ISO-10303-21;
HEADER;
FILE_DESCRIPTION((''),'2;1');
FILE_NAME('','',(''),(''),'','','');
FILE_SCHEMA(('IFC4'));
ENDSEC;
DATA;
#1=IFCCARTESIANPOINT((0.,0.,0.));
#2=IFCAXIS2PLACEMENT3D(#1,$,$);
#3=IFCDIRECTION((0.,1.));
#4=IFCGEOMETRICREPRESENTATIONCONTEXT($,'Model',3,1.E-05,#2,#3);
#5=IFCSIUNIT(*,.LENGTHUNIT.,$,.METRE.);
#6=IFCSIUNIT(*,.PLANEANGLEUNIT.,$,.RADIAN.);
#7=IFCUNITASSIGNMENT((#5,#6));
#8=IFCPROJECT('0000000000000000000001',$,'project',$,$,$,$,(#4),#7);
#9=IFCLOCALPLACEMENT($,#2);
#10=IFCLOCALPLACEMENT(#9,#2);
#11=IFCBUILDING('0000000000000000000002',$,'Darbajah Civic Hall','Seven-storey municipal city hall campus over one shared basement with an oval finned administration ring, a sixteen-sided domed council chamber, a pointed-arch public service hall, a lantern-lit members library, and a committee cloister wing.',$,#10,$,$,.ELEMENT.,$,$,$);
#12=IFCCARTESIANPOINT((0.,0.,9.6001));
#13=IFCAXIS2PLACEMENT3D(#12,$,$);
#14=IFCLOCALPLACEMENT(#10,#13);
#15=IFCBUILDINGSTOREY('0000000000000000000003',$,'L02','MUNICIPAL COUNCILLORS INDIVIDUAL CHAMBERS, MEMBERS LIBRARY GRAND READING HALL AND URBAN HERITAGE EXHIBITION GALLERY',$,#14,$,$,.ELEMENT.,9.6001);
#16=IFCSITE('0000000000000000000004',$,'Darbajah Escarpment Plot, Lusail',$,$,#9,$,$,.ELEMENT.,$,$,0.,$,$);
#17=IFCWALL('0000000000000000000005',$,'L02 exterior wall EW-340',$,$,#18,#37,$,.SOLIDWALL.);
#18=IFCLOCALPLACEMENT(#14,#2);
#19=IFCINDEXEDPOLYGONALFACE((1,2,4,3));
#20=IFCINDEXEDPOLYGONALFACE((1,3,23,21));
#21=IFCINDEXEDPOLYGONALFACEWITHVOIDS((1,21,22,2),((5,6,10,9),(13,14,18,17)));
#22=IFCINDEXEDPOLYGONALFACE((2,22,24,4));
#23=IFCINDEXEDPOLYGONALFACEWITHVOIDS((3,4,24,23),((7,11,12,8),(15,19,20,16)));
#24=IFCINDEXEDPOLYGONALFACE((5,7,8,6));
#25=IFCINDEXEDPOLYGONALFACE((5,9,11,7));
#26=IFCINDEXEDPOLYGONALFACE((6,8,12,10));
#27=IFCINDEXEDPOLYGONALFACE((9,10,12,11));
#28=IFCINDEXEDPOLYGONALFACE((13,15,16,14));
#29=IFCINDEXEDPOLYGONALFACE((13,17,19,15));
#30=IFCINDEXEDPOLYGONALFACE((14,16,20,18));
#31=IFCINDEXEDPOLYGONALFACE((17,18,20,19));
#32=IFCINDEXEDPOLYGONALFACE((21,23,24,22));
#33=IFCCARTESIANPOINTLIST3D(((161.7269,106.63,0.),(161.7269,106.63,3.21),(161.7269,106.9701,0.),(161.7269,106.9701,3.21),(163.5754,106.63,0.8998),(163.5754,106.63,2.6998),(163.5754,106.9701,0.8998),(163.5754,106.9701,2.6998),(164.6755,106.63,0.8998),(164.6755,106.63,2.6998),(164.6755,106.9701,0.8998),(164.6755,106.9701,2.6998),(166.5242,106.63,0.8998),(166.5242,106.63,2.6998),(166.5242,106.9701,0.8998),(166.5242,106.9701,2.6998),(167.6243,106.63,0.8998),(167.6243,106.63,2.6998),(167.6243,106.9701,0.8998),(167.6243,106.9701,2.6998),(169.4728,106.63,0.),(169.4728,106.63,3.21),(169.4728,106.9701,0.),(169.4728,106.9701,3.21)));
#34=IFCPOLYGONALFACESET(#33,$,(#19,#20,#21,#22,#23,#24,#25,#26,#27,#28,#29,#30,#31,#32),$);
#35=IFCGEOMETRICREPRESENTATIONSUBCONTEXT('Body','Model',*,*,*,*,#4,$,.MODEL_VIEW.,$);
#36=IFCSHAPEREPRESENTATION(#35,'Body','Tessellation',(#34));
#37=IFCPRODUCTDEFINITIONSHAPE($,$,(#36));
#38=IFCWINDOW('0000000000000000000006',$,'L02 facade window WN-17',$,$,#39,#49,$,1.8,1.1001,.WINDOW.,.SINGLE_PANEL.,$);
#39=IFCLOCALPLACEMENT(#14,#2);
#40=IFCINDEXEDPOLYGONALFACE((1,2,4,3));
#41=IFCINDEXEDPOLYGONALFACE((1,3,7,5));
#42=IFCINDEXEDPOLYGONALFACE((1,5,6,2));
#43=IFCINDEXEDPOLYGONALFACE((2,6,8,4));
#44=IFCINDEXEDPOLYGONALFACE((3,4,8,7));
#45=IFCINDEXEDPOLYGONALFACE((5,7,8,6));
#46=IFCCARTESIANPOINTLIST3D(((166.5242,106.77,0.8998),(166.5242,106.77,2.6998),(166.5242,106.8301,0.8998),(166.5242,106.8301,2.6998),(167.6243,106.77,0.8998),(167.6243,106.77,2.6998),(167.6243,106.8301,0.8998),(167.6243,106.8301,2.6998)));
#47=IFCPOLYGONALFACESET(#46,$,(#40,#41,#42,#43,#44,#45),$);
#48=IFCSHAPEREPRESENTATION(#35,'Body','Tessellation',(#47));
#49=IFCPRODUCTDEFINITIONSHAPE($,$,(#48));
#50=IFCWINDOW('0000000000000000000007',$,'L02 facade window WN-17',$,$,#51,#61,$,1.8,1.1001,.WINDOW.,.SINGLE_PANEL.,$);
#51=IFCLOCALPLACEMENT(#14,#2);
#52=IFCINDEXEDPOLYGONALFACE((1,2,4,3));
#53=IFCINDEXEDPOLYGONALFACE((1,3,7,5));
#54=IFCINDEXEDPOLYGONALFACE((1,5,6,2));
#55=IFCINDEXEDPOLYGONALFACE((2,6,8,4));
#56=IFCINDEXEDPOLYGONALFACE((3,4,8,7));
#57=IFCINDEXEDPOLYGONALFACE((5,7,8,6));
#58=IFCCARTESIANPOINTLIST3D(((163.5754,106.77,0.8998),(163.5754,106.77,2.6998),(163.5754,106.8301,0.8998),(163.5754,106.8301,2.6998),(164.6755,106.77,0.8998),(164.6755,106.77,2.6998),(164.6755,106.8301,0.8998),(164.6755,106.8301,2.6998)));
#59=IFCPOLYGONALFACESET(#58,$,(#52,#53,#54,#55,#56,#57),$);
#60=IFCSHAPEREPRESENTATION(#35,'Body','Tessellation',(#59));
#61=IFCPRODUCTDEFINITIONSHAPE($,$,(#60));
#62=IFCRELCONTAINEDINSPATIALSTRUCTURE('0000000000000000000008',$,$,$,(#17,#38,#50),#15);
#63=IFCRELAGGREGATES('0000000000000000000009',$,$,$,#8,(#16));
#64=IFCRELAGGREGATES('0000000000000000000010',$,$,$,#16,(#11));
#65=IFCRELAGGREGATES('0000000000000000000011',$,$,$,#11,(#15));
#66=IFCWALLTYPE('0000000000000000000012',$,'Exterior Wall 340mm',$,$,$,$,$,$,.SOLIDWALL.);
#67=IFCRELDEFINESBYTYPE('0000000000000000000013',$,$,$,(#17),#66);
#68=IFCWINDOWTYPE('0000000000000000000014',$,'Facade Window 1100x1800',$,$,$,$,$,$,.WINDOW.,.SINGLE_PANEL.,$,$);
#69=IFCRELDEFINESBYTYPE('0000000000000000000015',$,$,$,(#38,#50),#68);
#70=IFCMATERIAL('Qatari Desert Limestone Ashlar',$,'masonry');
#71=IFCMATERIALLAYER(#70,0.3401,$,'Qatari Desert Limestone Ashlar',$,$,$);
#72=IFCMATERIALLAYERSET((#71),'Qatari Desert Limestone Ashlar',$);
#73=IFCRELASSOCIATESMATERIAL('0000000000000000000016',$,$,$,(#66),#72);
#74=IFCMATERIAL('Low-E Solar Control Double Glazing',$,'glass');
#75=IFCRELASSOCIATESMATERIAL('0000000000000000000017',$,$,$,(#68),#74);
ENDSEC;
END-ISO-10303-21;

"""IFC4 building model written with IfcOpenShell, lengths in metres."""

from ifc_helpers import new_model, si_unit, direction, frame, frame_2d, origin, place, context, subcontext, project, spatial, rectangle, extrude, material, layer, layer_set, type_object, element, fill, save


model = new_model("IFC4")

# Units and contexts
model_context = context("Model", 3, precision=1e-05, world=origin(), true_north=direction((0.0, 1.0)))
body_context = subcontext(model_context, "Body", "Model", "MODEL_VIEW")
ifc_project = project(units=[si_unit("LENGTHUNIT", "METRE"), si_unit("PLANEANGLEUNIT", "RADIAN")], contexts=[model_context])

# Site, building, storey
site_placement = place(None, origin())
site = spatial("IfcSite", under=ifc_project, at=site_placement, Name="Darbajah Escarpment Plot, Lusail", CompositionType="ELEMENT", RefElevation=0.0)
building_placement = place(site_placement, origin())
building = spatial("IfcBuilding", under=site, at=building_placement, Name="Darbajah Civic Hall", Description="Seven-storey municipal city hall campus over one shared basement with an oval finned administration ring, a sixteen-sided domed council chamber, a pointed-arch public service hall, a lantern-lit members library, and a committee cloister wing.", CompositionType="ELEMENT")
storey_placement = place(building_placement, frame((0.0, 0.0, 9.6001)))
storey = spatial("IfcBuildingStorey", under=building, at=storey_placement, Name="L02", Description="MUNICIPAL COUNCILLORS INDIVIDUAL CHAMBERS, MEMBERS LIBRARY GRAND READING HALL AND URBAN HERITAGE EXHIBITION GALLERY", CompositionType="ELEMENT", Elevation=9.6001)

# Wall, openings, windows
ifc_material_1 = material(Name="Qatari Desert Limestone Ashlar", Category="masonry")
ifc_layer = layer(ifc_material_1, 0.3401, Name="Qatari Desert Limestone Ashlar")
ifc_layer_set = layer_set([ifc_layer], Name="Qatari Desert Limestone Ashlar")
wall_type = type_object("IfcWallType", Name="Exterior Wall 340mm", PredefinedType="SOLIDWALL", material=ifc_layer_set)
ifc_material_2 = material(Name="Low-E Solar Control Double Glazing", Category="glass")
window_type = type_object("IfcWindowType", Name="Facade Window 1100x1800", PartitioningType="SINGLE_PANEL", PredefinedType="WINDOW", material=ifc_material_2)
wall_1_placement = place(storey_placement, frame((169.4729, 106.8, 0.0), z_axis=(0.0, 0.0, 1.0), x_axis=(-1.0, 0.0, 0.0)))
wall_1 = element("IfcWall", 1, at=wall_1_placement, inside=storey, type_object=wall_type, Name="L02 exterior wall EW-340", PredefinedType="SOLIDWALL", context=body_context, shape_type="SweptSolid", body=[
    extrude(rectangle(XDim=7.7458, YDim=0.3401, at=frame_2d((3.873, 0.0))), origin(), (0.0, 0.0, 1.0), 3.21),
])
opening_1_placement = place(wall_1_placement, frame((1.8486, 0.0, 0.8999)))
opening_1 = element("IfcOpeningElement", 2, at=opening_1_placement, cuts=wall_1, PredefinedType="OPENING", context=body_context, shape_type="SweptSolid", body=[
    extrude(rectangle(XDim=1.1001, YDim=1.8, at=frame_2d((0.55, 0.8999))), frame((0.0, 0.1799, 0.0), z_axis=(0.0, -1.0, 0.0), x_axis=(1.0, 0.0, 0.0)), (0.0, 0.0, 1.0), 0.3601),
])
opening_2_placement = place(wall_1_placement, frame((4.7974, 0.0, 0.8999)))
opening_2 = element("IfcOpeningElement", 3, at=opening_2_placement, cuts=wall_1, PredefinedType="OPENING", context=body_context, shape_type="SweptSolid", body=[
    extrude(rectangle(XDim=1.1001, YDim=1.8, at=frame_2d((0.55, 0.8999))), frame((0.0, 0.1799, 0.0), z_axis=(0.0, -1.0, 0.0), x_axis=(1.0, 0.0, 0.0)), (0.0, 0.0, 1.0), 0.3601),
])
window_1_placement = place(opening_1_placement, origin())
window_1 = element("IfcWindow", 4, at=window_1_placement, inside=storey, type_object=window_type, Name="L02 facade window WN-17", OverallHeight=1.8, OverallWidth=1.1001, PartitioningType="SINGLE_PANEL", PredefinedType="WINDOW", context=body_context, shape_type="SweptSolid", body=[
    extrude(rectangle(XDim=1.1001, YDim=1.8, at=frame_2d((0.55, 0.8999))), frame((0.0, 0.03, 0.0), z_axis=(0.0, -1.0, 0.0), x_axis=(1.0, 0.0, 0.0)), (0.0, 0.0, 1.0), 0.0601),
])
fill(opening_1, window_1)
window_2_placement = place(opening_2_placement, origin())
window_2 = element("IfcWindow", 5, at=window_2_placement, inside=storey, type_object=window_type, Name="L02 facade window WN-17", OverallHeight=1.8, OverallWidth=1.1001, PartitioningType="SINGLE_PANEL", PredefinedType="WINDOW", context=body_context, shape_type="SweptSolid", body=[
    extrude(rectangle(XDim=1.1001, YDim=1.8, at=frame_2d((0.55, 0.8999))), frame((0.0, 0.03, 0.0), z_axis=(0.0, -1.0, 0.0), x_axis=(1.0, 0.0, 0.0)), (0.0, 0.0, 1.0), 0.0601),
])
fill(opening_2, window_2)

save(model, "model.ifc")
